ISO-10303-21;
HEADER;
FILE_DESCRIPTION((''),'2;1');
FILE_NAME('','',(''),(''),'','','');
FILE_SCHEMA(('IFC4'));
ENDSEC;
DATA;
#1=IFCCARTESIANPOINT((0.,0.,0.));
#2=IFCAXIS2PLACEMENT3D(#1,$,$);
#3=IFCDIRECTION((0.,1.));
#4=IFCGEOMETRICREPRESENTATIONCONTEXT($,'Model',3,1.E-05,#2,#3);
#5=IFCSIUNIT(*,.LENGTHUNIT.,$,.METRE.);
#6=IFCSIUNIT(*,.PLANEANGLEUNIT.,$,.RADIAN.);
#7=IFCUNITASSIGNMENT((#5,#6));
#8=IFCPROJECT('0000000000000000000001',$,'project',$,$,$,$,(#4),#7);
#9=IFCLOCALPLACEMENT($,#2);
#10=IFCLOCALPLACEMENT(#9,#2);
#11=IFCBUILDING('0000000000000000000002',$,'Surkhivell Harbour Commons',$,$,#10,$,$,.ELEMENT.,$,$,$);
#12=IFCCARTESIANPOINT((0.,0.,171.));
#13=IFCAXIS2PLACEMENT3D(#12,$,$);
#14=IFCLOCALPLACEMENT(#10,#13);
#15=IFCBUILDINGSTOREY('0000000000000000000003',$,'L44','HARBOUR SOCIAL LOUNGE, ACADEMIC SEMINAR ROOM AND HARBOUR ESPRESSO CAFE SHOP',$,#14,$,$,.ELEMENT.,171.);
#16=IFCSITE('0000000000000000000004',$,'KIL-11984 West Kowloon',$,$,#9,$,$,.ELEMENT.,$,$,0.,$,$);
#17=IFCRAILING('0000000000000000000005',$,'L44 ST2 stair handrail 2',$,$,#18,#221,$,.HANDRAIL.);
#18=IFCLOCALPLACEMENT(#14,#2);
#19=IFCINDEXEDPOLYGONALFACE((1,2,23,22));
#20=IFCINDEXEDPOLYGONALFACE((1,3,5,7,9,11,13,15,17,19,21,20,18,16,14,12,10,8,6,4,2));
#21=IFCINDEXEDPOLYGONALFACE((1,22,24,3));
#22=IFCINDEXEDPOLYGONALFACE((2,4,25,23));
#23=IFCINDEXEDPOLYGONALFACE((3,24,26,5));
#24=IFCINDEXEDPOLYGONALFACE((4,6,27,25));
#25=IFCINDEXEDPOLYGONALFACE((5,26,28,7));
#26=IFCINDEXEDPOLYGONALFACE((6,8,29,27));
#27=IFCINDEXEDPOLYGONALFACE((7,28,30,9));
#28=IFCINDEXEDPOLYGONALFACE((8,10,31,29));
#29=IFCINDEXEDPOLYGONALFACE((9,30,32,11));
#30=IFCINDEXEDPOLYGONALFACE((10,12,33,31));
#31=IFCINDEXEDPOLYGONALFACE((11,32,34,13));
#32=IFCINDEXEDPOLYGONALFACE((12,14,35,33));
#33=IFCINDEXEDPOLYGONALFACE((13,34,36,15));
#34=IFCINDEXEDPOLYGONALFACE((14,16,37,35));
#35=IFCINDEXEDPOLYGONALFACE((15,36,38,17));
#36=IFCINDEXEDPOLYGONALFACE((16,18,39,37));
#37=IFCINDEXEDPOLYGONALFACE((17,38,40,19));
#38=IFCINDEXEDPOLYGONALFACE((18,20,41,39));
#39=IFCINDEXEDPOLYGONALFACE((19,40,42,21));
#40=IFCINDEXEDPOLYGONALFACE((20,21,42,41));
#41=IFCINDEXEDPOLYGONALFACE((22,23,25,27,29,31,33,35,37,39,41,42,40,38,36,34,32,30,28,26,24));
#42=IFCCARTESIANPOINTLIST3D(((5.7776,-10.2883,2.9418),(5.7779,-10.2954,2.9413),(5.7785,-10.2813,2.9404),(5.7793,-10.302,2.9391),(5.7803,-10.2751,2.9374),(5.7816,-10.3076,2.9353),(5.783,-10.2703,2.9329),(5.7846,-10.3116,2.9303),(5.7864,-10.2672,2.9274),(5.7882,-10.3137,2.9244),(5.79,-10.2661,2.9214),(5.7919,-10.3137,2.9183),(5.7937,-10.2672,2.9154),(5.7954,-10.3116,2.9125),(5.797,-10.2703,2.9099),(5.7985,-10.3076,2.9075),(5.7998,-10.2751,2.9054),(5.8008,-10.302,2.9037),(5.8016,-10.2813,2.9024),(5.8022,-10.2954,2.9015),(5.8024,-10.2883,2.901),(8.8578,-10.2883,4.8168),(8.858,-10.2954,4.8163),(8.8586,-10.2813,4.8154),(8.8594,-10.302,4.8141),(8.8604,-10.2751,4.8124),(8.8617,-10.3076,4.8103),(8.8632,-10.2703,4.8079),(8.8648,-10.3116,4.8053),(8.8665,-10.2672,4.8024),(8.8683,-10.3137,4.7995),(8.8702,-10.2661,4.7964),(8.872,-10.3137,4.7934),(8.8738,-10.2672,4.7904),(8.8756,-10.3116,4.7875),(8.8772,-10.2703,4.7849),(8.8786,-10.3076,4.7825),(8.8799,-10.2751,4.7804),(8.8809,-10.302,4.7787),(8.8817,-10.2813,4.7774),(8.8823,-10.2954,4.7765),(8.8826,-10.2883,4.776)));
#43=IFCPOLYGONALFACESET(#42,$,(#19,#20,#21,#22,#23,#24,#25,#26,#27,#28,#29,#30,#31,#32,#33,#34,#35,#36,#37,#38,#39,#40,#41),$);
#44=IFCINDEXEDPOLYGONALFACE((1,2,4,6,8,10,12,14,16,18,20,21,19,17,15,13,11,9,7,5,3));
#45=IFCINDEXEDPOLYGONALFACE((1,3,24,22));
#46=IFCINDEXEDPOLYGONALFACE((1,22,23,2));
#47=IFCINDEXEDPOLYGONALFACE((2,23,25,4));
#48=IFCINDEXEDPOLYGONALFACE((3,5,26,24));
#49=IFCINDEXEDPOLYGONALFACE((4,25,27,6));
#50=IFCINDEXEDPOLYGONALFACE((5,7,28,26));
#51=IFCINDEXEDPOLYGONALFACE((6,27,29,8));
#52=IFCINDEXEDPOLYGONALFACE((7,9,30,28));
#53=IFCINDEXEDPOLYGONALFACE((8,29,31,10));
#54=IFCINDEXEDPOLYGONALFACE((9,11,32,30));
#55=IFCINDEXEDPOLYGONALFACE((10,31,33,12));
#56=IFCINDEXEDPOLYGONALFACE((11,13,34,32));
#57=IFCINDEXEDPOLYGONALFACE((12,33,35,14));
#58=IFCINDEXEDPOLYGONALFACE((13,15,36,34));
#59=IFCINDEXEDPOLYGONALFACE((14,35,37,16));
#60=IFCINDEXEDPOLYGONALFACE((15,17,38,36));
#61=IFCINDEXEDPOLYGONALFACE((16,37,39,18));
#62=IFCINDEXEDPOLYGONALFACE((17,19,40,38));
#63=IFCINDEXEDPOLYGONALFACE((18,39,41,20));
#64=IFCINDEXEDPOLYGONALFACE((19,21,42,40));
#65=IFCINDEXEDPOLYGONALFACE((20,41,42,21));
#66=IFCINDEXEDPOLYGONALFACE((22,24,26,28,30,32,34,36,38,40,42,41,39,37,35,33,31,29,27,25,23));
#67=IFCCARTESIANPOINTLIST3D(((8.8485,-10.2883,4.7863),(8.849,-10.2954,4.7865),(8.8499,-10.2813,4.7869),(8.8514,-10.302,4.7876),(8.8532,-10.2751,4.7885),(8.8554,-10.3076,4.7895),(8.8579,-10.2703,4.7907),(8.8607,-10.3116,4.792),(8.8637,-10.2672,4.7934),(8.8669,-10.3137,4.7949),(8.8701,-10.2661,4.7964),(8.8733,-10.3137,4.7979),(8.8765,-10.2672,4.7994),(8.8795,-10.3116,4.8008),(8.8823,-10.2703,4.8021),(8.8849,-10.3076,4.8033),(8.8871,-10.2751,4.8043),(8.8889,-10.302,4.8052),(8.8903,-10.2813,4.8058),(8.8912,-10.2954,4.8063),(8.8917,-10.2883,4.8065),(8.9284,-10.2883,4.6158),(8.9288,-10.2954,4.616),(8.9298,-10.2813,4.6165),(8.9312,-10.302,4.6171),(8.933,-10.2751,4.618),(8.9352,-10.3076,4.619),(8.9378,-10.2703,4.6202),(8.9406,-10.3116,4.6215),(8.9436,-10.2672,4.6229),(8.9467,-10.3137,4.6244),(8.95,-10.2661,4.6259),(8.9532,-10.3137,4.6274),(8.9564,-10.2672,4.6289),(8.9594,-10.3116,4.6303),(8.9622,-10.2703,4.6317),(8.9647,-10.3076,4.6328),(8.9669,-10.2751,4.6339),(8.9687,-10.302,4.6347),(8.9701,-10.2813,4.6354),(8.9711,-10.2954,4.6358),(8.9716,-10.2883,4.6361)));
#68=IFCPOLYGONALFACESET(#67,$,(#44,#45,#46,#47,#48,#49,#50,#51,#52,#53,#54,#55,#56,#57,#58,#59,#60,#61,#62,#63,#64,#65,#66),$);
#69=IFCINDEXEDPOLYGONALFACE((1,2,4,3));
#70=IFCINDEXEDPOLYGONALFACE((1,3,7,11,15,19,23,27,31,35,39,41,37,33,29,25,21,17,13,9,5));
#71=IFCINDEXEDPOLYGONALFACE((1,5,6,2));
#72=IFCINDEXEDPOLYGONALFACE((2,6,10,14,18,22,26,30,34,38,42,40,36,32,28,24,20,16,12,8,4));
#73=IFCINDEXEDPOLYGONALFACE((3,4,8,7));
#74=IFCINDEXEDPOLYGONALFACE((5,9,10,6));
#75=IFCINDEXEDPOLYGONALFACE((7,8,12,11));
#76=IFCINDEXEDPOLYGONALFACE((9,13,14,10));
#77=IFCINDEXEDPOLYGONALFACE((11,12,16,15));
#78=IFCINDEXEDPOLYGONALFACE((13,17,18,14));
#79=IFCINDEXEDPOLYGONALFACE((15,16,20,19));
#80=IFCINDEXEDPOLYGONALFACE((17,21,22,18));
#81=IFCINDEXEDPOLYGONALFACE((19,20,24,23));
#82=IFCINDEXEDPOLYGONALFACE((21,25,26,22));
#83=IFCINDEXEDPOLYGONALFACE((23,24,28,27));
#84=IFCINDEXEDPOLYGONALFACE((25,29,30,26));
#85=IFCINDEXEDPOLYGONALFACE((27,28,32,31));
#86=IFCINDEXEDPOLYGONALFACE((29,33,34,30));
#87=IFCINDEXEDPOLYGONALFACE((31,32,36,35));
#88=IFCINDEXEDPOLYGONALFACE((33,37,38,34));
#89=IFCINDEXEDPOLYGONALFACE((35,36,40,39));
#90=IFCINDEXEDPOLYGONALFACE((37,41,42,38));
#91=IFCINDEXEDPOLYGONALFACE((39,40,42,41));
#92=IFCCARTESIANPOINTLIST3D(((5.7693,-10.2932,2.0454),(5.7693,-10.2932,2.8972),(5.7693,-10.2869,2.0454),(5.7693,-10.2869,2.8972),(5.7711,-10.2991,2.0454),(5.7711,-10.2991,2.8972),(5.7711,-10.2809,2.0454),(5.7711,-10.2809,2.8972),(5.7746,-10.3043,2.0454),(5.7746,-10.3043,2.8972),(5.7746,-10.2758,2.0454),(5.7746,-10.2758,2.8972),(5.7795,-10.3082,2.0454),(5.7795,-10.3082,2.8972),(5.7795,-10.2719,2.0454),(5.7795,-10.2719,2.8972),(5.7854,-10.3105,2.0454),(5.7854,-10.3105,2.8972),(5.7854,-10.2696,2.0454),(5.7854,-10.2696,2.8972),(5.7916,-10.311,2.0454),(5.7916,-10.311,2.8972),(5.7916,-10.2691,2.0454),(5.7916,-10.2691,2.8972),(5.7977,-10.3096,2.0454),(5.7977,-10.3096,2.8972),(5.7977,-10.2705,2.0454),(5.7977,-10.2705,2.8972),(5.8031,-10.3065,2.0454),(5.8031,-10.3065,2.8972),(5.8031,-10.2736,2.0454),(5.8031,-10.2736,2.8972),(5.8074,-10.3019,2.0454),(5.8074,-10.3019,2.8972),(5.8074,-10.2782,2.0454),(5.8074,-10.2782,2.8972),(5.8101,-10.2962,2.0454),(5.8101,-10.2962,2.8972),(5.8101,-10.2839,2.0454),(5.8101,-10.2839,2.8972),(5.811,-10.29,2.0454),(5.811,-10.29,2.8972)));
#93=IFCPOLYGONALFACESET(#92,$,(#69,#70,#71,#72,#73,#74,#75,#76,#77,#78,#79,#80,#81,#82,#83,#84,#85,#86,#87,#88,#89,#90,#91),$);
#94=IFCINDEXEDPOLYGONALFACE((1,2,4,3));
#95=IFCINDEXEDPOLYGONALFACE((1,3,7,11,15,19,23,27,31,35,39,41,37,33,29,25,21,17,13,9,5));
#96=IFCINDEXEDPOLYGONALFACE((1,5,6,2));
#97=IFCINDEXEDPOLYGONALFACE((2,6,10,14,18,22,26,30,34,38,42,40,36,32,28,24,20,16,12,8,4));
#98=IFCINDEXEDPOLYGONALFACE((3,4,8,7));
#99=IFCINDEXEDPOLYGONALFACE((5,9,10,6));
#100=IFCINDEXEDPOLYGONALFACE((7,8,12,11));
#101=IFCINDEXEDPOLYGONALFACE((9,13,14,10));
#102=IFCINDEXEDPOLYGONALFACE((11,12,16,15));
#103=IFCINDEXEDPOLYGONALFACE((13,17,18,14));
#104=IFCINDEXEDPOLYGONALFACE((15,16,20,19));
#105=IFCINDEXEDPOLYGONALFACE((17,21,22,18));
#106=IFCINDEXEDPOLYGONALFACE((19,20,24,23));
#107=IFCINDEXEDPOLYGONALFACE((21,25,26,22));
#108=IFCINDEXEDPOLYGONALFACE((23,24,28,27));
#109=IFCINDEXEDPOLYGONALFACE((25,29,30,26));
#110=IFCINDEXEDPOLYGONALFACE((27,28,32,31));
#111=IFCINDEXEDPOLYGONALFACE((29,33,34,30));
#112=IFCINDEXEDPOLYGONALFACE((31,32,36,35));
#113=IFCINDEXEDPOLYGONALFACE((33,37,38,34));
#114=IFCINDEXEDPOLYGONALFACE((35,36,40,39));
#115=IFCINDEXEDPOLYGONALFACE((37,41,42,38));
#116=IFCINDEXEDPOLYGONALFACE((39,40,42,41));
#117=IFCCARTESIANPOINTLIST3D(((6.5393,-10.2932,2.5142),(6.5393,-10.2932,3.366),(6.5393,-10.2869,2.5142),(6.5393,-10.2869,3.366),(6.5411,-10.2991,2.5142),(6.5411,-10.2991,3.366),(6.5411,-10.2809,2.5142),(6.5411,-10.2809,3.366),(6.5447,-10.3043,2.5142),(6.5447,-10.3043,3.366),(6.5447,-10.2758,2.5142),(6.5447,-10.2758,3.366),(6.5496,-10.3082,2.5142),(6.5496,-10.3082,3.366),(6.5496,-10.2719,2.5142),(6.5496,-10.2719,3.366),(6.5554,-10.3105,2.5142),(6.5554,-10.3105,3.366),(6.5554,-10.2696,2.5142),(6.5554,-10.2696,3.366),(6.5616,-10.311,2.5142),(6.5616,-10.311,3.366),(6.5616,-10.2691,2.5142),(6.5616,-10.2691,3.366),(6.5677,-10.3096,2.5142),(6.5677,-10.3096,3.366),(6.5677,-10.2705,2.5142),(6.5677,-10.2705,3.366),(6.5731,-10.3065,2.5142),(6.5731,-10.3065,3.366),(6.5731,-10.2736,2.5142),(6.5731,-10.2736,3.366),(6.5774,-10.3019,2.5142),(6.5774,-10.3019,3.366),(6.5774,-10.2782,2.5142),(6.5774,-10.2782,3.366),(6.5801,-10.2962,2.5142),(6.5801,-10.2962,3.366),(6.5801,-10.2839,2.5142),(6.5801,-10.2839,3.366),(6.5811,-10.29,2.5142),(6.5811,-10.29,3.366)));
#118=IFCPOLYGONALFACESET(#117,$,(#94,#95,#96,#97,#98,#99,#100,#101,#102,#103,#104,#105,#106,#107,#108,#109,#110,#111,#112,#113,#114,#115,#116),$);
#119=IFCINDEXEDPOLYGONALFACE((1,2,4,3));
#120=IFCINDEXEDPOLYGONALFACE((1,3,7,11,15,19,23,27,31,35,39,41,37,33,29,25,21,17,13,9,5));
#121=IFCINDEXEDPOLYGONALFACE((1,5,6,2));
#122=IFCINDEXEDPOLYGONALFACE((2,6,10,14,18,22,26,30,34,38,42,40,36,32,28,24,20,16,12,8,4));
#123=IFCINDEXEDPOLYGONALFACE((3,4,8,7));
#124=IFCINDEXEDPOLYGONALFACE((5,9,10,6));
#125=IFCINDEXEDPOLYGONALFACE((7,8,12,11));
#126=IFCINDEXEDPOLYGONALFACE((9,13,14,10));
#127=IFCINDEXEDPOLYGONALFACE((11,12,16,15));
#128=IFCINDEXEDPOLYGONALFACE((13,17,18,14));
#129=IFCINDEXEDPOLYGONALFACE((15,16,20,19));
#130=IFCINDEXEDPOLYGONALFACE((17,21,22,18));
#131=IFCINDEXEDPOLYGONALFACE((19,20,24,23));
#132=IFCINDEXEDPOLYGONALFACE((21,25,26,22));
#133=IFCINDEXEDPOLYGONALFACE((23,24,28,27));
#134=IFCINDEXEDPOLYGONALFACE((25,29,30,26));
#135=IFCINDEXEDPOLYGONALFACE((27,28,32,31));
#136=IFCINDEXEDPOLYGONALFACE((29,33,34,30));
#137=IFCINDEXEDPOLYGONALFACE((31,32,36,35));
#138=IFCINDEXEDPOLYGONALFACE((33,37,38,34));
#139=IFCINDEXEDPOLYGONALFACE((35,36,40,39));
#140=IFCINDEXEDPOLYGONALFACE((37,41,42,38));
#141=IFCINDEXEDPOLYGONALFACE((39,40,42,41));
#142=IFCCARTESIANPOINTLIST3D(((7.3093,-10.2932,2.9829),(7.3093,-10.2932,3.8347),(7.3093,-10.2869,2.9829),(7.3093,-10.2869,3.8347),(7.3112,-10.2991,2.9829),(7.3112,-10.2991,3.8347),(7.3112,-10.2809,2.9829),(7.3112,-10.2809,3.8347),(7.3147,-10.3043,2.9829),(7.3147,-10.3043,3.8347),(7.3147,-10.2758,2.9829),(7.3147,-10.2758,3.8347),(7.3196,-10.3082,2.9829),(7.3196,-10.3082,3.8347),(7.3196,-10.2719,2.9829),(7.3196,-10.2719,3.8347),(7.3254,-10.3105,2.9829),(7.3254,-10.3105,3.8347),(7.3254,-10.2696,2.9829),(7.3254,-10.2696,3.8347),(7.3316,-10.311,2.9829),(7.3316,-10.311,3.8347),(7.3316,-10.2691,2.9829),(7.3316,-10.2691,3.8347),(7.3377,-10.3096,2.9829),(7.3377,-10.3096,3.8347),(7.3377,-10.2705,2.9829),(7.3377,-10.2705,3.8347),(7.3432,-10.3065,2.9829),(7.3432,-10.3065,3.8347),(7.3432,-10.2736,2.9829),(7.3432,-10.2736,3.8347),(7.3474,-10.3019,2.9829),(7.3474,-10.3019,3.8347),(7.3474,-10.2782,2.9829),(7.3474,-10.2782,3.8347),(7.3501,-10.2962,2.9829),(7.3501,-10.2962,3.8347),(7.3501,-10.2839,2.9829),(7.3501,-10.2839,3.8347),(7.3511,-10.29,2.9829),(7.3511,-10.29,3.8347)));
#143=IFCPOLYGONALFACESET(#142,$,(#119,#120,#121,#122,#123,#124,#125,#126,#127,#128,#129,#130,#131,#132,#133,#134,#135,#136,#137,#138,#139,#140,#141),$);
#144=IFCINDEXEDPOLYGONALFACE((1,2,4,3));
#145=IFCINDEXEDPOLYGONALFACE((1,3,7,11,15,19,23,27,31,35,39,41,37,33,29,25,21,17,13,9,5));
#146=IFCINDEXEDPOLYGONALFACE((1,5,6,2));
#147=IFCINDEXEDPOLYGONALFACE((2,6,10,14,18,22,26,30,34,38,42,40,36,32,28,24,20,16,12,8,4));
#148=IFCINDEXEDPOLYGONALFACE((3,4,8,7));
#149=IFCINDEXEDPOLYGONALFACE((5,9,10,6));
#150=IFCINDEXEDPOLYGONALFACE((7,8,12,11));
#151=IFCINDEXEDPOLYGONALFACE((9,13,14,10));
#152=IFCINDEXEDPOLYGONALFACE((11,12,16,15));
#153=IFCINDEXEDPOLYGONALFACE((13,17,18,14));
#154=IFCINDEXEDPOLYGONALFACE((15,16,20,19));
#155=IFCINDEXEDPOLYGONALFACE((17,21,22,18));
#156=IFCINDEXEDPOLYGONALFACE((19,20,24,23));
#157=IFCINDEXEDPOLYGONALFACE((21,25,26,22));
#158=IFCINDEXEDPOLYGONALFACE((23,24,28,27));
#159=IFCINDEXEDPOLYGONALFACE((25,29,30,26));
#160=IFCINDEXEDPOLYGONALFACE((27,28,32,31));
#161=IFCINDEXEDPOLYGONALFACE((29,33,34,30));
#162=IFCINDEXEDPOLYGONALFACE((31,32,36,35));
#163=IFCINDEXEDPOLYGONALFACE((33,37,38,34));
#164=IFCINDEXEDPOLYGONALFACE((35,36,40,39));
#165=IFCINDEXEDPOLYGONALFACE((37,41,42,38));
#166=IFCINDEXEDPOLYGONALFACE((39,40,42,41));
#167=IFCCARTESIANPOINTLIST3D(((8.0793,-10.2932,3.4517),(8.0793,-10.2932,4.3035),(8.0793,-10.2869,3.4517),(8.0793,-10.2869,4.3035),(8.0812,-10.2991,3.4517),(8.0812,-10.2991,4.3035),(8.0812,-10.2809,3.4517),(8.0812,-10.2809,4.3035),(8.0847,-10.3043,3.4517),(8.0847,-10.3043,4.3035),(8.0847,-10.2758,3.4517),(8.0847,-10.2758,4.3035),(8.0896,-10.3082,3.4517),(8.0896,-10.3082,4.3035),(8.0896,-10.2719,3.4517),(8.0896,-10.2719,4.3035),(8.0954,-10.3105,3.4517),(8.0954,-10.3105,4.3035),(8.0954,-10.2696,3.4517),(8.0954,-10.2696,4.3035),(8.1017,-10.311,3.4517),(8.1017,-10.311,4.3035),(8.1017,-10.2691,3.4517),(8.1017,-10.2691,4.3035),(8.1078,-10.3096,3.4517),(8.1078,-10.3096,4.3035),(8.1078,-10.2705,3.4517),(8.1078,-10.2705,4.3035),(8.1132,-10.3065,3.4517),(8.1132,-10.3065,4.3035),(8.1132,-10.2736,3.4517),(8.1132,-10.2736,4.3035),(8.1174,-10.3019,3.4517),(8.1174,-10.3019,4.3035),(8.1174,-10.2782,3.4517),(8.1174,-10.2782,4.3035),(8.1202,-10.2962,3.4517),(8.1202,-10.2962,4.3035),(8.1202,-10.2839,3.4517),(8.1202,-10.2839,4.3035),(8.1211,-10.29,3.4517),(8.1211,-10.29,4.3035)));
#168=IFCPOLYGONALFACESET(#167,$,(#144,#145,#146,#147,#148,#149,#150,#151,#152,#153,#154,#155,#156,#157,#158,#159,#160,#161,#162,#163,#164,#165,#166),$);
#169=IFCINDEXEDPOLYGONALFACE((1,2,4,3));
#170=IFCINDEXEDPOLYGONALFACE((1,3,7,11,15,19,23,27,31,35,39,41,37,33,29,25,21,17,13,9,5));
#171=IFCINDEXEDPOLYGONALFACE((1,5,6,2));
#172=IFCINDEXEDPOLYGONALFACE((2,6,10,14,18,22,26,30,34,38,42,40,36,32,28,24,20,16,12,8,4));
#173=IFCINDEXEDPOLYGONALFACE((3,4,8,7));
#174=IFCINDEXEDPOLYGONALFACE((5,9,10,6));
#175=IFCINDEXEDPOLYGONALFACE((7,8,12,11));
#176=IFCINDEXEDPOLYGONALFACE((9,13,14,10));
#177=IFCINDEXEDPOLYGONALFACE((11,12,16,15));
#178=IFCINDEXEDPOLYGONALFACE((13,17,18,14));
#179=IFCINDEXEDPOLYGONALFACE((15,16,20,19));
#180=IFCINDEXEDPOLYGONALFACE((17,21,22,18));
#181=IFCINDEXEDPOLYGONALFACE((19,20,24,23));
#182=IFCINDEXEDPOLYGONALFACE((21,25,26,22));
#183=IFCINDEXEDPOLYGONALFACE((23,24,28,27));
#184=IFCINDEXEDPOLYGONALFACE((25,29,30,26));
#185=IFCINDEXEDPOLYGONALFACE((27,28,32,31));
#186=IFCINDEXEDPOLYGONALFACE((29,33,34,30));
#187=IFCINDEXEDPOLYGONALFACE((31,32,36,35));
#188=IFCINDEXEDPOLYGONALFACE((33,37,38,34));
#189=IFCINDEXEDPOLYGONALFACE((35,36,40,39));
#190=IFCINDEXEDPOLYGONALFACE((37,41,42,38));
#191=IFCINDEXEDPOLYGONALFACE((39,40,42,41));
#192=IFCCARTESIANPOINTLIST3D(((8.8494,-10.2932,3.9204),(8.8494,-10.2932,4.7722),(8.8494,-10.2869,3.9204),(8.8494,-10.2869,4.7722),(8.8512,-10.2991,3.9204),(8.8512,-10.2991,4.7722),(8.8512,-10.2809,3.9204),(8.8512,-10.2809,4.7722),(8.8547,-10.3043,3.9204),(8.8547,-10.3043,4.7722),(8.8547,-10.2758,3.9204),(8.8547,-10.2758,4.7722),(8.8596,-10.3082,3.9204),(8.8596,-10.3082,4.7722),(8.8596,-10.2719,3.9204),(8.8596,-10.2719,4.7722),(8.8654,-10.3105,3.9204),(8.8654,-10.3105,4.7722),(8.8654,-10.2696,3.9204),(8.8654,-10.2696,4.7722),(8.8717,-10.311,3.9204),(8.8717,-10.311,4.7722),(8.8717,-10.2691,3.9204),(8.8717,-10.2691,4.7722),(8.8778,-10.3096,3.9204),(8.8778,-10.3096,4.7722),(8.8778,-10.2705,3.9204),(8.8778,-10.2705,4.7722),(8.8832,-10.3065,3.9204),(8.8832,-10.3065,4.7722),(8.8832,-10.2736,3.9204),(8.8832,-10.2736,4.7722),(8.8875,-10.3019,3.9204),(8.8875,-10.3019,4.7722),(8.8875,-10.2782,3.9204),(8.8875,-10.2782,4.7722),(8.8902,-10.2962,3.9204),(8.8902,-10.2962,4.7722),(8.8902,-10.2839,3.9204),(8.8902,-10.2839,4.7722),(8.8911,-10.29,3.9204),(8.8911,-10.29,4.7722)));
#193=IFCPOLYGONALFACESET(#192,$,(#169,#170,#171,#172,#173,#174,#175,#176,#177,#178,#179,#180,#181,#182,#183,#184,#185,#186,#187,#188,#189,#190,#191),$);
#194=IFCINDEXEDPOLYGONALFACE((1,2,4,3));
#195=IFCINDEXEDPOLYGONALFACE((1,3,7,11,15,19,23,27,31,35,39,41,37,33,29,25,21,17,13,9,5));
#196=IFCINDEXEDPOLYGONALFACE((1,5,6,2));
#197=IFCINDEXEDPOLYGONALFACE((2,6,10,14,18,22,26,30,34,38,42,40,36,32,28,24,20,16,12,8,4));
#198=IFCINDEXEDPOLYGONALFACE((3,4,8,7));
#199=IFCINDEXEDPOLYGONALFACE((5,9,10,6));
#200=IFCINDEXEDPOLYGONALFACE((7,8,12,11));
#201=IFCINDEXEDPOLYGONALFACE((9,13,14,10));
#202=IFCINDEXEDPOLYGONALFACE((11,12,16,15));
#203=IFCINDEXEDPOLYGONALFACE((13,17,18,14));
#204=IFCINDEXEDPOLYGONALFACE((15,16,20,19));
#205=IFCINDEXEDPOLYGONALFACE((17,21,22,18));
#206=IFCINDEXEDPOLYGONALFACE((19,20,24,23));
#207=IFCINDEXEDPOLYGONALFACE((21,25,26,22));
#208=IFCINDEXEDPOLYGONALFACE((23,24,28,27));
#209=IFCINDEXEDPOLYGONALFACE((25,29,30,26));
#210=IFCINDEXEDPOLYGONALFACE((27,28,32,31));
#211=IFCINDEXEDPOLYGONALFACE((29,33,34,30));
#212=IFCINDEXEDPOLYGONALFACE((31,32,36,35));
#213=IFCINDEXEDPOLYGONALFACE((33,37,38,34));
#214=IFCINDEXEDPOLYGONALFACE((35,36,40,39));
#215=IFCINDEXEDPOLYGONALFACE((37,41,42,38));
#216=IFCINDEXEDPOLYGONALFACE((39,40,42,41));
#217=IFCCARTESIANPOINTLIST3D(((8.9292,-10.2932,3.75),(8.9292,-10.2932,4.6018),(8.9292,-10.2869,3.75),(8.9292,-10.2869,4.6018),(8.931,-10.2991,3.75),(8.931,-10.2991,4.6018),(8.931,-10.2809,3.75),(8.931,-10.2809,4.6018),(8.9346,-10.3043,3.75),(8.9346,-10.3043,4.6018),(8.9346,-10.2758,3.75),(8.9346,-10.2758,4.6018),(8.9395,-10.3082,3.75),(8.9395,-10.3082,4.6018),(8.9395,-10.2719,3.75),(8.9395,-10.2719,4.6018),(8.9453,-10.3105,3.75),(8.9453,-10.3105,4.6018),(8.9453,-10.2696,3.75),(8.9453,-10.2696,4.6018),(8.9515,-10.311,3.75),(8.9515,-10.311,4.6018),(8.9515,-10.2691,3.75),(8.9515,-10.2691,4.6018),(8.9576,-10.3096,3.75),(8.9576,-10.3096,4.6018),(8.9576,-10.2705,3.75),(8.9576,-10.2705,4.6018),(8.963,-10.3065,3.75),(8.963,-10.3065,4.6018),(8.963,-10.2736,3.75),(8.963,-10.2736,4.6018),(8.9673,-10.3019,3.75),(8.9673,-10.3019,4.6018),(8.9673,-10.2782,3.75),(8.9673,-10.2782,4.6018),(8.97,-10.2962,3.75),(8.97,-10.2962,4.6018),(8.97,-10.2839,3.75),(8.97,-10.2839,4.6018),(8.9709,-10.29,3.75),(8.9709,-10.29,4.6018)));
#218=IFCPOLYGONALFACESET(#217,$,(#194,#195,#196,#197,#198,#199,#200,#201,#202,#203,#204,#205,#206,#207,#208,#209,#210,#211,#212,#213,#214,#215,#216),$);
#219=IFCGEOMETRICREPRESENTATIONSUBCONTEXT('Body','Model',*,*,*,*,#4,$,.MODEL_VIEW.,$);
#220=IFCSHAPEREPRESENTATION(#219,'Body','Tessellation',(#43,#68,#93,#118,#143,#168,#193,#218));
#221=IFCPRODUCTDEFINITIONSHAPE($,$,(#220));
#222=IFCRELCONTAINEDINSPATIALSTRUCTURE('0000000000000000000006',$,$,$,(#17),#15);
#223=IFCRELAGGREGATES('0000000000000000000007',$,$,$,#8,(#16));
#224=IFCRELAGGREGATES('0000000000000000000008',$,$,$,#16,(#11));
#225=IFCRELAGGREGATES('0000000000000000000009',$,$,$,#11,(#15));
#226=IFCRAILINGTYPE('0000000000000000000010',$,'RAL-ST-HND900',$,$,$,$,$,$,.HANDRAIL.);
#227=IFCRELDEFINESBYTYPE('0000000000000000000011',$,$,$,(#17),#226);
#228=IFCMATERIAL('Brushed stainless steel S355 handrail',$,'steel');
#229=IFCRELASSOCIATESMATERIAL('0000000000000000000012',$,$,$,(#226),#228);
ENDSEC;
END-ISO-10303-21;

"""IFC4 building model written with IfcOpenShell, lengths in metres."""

from ifc_helpers import new_model, si_unit, direction, frame, origin, origin_2d, place, context, subcontext, project, spatial, circle, extrude, material, type_object, element, save


model = new_model("IFC4")

# Units and contexts
model_context = context("Model", 3, precision=1e-05, world=origin(), true_north=direction((0.0, 1.0)))
body_context = subcontext(model_context, "Body", "Model", "MODEL_VIEW")
ifc_project = project(units=[si_unit("LENGTHUNIT", "METRE"), si_unit("PLANEANGLEUNIT", "RADIAN")], contexts=[model_context])

# Site, building, storey
site_placement = place(None, origin())
site = spatial("IfcSite", under=ifc_project, at=site_placement, Name="KIL-11984 West Kowloon", CompositionType="ELEMENT", RefElevation=0.0)
building_placement = place(site_placement, origin())
building = spatial("IfcBuilding", under=site, at=building_placement, Name="Surkhivell Harbour Commons", CompositionType="ELEMENT")
storey_placement = place(building_placement, frame((0.0, 0.0, 171.0)))
storey = spatial("IfcBuildingStorey", under=building, at=storey_placement, Name="L44", Description="HARBOUR SOCIAL LOUNGE, ACADEMIC SEMINAR ROOM AND HARBOUR ESPRESSO CAFE SHOP", CompositionType="ELEMENT", Elevation=171.0)

# Railing
ifc_material_1 = material(Name="Brushed stainless steel S355 handrail", Category="steel")
railing_type_1 = type_object("IfcRailingType", Name="RAL-ST-HND900", PredefinedType="HANDRAIL", material=ifc_material_1)
railing_1_placement = place(storey_placement, frame((5.79, -10.29, 2.0454)))
element("IfcRailing", 1, at=railing_1_placement, inside=storey, type_object=railing_type_1, Name="L44 ST2 stair handrail 2", PredefinedType="HANDRAIL", context=body_context, shape_type="SweptSolid", body=[
    extrude(circle(Radius=0.0239, at=origin_2d()), frame((0.0, 0.0, 0.876), z_axis=(0.854178, 0.0, 0.519981), x_axis=(0.0, 1.0, 0.0)), (0.0, 0.0, 1.0), 3.606),
    extrude(circle(Radius=0.0239, at=origin_2d()), frame((3.0801, 0.0, 2.751), z_axis=(0.424234, 0.0, -0.905552), x_axis=(0.0, 1.0, 0.0)), (0.0, 0.0, 1.0), 0.1882),
    extrude(circle(Radius=0.021, at=origin_2d()), origin(), (0.0, 0.0, 1.0), 0.8518),
    extrude(circle(Radius=0.021, at=origin_2d()), frame((0.77, 0.0, 0.4688)), (0.0, 0.0, 1.0), 0.8518),
    extrude(circle(Radius=0.021, at=origin_2d()), frame((1.54, 0.0, 0.9375)), (0.0, 0.0, 1.0), 0.8518),
    extrude(circle(Radius=0.021, at=origin_2d()), frame((2.3101, 0.0, 1.4062)), (0.0, 0.0, 1.0), 0.8518),
    extrude(circle(Radius=0.021, at=origin_2d()), frame((3.0801, 0.0, 1.875)), (0.0, 0.0, 1.0), 0.8518),
    extrude(circle(Radius=0.021, at=origin_2d()), frame((3.1599, 0.0, 1.7046)), (0.0, 0.0, 1.0), 0.8518),
])

save(model, "model.ifc")
